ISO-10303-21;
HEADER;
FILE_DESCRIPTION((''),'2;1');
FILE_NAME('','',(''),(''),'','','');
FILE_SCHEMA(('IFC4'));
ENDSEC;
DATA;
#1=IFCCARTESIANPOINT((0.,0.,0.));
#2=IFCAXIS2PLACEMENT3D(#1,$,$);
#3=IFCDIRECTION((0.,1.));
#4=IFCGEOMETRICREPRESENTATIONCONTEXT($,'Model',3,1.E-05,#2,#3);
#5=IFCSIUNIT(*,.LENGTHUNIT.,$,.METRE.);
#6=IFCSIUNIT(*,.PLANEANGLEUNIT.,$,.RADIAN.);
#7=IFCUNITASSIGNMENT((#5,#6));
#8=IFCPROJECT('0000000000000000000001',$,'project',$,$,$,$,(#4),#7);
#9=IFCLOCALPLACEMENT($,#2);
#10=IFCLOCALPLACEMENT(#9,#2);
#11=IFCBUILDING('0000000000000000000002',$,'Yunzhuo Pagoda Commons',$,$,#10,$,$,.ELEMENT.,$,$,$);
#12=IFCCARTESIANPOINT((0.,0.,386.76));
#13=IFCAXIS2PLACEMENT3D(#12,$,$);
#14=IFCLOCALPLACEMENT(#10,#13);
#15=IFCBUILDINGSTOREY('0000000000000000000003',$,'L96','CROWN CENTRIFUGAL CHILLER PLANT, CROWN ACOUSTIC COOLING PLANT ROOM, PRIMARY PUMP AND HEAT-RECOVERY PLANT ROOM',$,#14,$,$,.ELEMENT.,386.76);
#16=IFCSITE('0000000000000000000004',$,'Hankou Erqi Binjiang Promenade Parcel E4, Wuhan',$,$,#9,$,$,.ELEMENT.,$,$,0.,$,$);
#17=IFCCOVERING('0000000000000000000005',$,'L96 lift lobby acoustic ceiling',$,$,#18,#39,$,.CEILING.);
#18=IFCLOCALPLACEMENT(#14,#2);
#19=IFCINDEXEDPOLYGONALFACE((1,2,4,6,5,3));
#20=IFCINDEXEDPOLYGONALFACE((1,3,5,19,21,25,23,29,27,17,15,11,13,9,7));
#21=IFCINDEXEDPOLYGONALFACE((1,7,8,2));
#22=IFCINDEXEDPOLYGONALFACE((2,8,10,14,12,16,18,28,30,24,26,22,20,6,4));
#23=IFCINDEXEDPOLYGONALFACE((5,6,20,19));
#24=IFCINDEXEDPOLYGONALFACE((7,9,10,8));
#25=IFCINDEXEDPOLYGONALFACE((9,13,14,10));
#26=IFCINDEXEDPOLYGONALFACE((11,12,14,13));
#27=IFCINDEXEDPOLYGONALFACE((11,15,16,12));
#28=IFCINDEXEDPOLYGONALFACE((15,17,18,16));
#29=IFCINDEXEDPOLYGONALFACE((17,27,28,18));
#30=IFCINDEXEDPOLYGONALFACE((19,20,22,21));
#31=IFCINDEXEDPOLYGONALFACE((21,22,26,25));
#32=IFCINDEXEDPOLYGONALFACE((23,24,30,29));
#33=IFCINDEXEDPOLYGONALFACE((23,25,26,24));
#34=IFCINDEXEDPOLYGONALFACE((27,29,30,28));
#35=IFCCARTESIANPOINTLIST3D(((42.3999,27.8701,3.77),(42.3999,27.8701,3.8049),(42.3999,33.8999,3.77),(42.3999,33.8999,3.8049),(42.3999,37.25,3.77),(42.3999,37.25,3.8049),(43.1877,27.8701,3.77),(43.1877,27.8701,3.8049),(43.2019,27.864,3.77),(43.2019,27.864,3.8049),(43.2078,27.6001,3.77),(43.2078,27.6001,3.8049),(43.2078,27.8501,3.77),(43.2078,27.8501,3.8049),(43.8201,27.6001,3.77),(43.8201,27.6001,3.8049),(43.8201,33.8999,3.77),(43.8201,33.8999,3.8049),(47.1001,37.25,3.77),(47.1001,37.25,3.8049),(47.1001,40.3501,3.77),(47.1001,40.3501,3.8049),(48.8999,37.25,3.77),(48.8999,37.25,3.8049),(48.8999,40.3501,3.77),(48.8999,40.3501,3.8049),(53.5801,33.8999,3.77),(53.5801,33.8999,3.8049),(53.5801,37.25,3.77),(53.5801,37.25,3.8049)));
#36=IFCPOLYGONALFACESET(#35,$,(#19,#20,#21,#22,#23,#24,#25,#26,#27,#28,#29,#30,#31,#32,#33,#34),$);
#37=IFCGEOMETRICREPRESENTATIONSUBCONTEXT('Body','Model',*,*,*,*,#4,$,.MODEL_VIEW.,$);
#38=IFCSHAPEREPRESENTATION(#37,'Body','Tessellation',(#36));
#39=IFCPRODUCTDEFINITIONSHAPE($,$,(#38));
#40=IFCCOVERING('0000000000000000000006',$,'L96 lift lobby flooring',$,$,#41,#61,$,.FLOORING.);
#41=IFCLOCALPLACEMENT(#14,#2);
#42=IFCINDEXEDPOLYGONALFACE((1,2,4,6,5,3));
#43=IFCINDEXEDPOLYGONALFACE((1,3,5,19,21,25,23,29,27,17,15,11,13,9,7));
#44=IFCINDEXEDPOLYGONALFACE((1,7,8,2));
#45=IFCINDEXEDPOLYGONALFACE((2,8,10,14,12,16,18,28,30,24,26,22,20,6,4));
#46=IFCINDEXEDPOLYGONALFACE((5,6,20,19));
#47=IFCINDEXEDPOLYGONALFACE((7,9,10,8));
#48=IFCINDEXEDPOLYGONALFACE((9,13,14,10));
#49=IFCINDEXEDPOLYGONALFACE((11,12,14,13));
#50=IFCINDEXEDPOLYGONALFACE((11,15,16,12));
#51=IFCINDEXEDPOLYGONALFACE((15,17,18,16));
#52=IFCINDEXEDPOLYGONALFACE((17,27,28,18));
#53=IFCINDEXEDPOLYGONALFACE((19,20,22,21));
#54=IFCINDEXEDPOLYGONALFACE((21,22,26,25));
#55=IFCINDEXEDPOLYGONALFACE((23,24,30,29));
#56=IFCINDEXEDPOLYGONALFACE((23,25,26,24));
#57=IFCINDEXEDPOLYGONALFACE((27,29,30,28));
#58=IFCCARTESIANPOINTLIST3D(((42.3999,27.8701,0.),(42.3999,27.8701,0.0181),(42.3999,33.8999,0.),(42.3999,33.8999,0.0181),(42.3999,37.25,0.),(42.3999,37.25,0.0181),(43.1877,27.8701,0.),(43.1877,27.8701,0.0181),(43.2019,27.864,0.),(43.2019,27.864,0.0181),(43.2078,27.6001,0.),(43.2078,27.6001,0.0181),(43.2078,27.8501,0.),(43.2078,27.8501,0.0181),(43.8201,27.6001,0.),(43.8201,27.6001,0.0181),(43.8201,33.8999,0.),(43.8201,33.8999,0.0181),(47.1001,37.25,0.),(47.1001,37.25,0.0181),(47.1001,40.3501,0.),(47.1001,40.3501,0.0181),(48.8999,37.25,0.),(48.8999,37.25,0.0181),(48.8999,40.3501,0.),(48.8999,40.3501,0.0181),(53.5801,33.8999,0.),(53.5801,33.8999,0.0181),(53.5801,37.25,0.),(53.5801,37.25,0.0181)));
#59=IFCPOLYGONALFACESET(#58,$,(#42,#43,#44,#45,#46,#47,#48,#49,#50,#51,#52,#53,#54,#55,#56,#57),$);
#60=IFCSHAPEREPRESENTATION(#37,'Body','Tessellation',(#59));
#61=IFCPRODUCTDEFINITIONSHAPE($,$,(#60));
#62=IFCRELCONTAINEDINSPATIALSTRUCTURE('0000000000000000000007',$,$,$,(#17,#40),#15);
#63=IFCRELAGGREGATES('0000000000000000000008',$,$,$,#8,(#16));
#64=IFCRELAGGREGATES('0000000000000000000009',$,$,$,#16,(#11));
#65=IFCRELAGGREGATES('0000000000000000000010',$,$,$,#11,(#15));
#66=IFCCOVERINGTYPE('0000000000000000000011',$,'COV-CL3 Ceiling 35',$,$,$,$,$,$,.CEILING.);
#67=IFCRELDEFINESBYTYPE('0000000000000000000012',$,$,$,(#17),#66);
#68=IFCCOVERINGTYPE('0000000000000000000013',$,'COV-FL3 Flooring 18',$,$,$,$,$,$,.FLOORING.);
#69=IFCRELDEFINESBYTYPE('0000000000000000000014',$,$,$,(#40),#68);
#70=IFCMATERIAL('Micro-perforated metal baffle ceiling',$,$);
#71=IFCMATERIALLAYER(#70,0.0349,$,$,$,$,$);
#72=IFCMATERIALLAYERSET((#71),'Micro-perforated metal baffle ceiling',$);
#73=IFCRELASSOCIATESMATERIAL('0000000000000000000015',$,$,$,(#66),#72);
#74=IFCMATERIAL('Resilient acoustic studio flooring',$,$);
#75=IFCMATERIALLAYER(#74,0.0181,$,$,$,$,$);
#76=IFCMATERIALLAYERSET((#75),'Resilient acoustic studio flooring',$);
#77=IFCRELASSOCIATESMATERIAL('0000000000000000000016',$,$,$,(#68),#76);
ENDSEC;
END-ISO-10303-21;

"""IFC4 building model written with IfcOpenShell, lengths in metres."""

from ifc_helpers import new_model, si_unit, direction, frame, origin, place, context, subcontext, project, spatial, polyline, outline, extrude, material, layer, layer_set, type_object, element, save


model = new_model("IFC4")

# Units and contexts
model_context = context("Model", 3, precision=1e-05, world=origin(), true_north=direction((0.0, 1.0)))
body_context = subcontext(model_context, "Body", "Model", "MODEL_VIEW")
ifc_project = project(units=[si_unit("LENGTHUNIT", "METRE"), si_unit("PLANEANGLEUNIT", "RADIAN")], contexts=[model_context])

# Site, building, storey
site_placement = place(None, origin())
site = spatial("IfcSite", under=ifc_project, at=site_placement, Name="Hankou Erqi Binjiang Promenade Parcel E4, Wuhan", CompositionType="ELEMENT", RefElevation=0.0)
building_placement = place(site_placement, origin())
building = spatial("IfcBuilding", under=site, at=building_placement, Name="Yunzhuo Pagoda Commons", CompositionType="ELEMENT")
storey_placement = place(building_placement, frame((0.0, 0.0, 386.76)))
storey = spatial("IfcBuildingStorey", under=building, at=storey_placement, Name="L96", Description="CROWN CENTRIFUGAL CHILLER PLANT, CROWN ACOUSTIC COOLING PLANT ROOM, PRIMARY PUMP AND HEAT-RECOVERY PLANT ROOM", CompositionType="ELEMENT", Elevation=386.76)

# Coverings
ifc_material_1 = material(Name="Micro-perforated metal baffle ceiling")
ifc_layer_1 = layer(ifc_material_1, 0.0349)
ifc_layer_set_1 = layer_set([ifc_layer_1], Name="Micro-perforated metal baffle ceiling")
covering_type_1 = type_object("IfcCoveringType", Name="COV-CL3 Ceiling 35", PredefinedType="CEILING", material=ifc_layer_set_1)
covering_1_placement = place(storey_placement, frame((0.0, 0.0, 3.77)))
element("IfcCovering", 1, at=covering_1_placement, inside=storey, type_object=covering_type_1, Name="L96 lift lobby acoustic ceiling", PredefinedType="CEILING", context=body_context, shape_type="SweptSolid", body=[
    extrude(outline(polyline([(43.2078, 27.8501), (43.2019, 27.864), (43.1877, 27.8701), (42.3999, 27.8701), (42.3999, 33.8999), (42.3999, 37.25), (47.1001, 37.25), (47.1001, 40.3501), (48.8999, 40.3501), (48.8999, 37.25), (53.5801, 37.25), (53.5801, 33.8999), (43.8201, 33.8999), (43.8201, 27.6001), (43.2078, 27.6001), (43.2078, 27.8501)])), origin(), (0.0, 0.0, 1.0), 0.0349),
])
ifc_material_2 = material(Name="Resilient acoustic studio flooring")
ifc_layer_2 = layer(ifc_material_2, 0.0181)
ifc_layer_set_2 = layer_set([ifc_layer_2], Name="Resilient acoustic studio flooring")
covering_type_2 = type_object("IfcCoveringType", Name="COV-FL3 Flooring 18", PredefinedType="FLOORING", material=ifc_layer_set_2)
covering_2_placement = place(storey_placement, origin())
element("IfcCovering", 2, at=covering_2_placement, inside=storey, type_object=covering_type_2, Name="L96 lift lobby flooring", PredefinedType="FLOORING", context=body_context, shape_type="SweptSolid", body=[
    extrude(outline(polyline([(43.2078, 27.8501), (43.2019, 27.864), (43.1877, 27.8701), (42.3999, 27.8701), (42.3999, 33.8999), (42.3999, 37.25), (47.1001, 37.25), (47.1001, 40.3501), (48.8999, 40.3501), (48.8999, 37.25), (53.5801, 37.25), (53.5801, 33.8999), (43.8201, 33.8999), (43.8201, 27.6001), (43.2078, 27.6001), (43.2078, 27.8501)])), origin(), (0.0, 0.0, 1.0), 0.0181),
])

save(model, "model.ifc")
